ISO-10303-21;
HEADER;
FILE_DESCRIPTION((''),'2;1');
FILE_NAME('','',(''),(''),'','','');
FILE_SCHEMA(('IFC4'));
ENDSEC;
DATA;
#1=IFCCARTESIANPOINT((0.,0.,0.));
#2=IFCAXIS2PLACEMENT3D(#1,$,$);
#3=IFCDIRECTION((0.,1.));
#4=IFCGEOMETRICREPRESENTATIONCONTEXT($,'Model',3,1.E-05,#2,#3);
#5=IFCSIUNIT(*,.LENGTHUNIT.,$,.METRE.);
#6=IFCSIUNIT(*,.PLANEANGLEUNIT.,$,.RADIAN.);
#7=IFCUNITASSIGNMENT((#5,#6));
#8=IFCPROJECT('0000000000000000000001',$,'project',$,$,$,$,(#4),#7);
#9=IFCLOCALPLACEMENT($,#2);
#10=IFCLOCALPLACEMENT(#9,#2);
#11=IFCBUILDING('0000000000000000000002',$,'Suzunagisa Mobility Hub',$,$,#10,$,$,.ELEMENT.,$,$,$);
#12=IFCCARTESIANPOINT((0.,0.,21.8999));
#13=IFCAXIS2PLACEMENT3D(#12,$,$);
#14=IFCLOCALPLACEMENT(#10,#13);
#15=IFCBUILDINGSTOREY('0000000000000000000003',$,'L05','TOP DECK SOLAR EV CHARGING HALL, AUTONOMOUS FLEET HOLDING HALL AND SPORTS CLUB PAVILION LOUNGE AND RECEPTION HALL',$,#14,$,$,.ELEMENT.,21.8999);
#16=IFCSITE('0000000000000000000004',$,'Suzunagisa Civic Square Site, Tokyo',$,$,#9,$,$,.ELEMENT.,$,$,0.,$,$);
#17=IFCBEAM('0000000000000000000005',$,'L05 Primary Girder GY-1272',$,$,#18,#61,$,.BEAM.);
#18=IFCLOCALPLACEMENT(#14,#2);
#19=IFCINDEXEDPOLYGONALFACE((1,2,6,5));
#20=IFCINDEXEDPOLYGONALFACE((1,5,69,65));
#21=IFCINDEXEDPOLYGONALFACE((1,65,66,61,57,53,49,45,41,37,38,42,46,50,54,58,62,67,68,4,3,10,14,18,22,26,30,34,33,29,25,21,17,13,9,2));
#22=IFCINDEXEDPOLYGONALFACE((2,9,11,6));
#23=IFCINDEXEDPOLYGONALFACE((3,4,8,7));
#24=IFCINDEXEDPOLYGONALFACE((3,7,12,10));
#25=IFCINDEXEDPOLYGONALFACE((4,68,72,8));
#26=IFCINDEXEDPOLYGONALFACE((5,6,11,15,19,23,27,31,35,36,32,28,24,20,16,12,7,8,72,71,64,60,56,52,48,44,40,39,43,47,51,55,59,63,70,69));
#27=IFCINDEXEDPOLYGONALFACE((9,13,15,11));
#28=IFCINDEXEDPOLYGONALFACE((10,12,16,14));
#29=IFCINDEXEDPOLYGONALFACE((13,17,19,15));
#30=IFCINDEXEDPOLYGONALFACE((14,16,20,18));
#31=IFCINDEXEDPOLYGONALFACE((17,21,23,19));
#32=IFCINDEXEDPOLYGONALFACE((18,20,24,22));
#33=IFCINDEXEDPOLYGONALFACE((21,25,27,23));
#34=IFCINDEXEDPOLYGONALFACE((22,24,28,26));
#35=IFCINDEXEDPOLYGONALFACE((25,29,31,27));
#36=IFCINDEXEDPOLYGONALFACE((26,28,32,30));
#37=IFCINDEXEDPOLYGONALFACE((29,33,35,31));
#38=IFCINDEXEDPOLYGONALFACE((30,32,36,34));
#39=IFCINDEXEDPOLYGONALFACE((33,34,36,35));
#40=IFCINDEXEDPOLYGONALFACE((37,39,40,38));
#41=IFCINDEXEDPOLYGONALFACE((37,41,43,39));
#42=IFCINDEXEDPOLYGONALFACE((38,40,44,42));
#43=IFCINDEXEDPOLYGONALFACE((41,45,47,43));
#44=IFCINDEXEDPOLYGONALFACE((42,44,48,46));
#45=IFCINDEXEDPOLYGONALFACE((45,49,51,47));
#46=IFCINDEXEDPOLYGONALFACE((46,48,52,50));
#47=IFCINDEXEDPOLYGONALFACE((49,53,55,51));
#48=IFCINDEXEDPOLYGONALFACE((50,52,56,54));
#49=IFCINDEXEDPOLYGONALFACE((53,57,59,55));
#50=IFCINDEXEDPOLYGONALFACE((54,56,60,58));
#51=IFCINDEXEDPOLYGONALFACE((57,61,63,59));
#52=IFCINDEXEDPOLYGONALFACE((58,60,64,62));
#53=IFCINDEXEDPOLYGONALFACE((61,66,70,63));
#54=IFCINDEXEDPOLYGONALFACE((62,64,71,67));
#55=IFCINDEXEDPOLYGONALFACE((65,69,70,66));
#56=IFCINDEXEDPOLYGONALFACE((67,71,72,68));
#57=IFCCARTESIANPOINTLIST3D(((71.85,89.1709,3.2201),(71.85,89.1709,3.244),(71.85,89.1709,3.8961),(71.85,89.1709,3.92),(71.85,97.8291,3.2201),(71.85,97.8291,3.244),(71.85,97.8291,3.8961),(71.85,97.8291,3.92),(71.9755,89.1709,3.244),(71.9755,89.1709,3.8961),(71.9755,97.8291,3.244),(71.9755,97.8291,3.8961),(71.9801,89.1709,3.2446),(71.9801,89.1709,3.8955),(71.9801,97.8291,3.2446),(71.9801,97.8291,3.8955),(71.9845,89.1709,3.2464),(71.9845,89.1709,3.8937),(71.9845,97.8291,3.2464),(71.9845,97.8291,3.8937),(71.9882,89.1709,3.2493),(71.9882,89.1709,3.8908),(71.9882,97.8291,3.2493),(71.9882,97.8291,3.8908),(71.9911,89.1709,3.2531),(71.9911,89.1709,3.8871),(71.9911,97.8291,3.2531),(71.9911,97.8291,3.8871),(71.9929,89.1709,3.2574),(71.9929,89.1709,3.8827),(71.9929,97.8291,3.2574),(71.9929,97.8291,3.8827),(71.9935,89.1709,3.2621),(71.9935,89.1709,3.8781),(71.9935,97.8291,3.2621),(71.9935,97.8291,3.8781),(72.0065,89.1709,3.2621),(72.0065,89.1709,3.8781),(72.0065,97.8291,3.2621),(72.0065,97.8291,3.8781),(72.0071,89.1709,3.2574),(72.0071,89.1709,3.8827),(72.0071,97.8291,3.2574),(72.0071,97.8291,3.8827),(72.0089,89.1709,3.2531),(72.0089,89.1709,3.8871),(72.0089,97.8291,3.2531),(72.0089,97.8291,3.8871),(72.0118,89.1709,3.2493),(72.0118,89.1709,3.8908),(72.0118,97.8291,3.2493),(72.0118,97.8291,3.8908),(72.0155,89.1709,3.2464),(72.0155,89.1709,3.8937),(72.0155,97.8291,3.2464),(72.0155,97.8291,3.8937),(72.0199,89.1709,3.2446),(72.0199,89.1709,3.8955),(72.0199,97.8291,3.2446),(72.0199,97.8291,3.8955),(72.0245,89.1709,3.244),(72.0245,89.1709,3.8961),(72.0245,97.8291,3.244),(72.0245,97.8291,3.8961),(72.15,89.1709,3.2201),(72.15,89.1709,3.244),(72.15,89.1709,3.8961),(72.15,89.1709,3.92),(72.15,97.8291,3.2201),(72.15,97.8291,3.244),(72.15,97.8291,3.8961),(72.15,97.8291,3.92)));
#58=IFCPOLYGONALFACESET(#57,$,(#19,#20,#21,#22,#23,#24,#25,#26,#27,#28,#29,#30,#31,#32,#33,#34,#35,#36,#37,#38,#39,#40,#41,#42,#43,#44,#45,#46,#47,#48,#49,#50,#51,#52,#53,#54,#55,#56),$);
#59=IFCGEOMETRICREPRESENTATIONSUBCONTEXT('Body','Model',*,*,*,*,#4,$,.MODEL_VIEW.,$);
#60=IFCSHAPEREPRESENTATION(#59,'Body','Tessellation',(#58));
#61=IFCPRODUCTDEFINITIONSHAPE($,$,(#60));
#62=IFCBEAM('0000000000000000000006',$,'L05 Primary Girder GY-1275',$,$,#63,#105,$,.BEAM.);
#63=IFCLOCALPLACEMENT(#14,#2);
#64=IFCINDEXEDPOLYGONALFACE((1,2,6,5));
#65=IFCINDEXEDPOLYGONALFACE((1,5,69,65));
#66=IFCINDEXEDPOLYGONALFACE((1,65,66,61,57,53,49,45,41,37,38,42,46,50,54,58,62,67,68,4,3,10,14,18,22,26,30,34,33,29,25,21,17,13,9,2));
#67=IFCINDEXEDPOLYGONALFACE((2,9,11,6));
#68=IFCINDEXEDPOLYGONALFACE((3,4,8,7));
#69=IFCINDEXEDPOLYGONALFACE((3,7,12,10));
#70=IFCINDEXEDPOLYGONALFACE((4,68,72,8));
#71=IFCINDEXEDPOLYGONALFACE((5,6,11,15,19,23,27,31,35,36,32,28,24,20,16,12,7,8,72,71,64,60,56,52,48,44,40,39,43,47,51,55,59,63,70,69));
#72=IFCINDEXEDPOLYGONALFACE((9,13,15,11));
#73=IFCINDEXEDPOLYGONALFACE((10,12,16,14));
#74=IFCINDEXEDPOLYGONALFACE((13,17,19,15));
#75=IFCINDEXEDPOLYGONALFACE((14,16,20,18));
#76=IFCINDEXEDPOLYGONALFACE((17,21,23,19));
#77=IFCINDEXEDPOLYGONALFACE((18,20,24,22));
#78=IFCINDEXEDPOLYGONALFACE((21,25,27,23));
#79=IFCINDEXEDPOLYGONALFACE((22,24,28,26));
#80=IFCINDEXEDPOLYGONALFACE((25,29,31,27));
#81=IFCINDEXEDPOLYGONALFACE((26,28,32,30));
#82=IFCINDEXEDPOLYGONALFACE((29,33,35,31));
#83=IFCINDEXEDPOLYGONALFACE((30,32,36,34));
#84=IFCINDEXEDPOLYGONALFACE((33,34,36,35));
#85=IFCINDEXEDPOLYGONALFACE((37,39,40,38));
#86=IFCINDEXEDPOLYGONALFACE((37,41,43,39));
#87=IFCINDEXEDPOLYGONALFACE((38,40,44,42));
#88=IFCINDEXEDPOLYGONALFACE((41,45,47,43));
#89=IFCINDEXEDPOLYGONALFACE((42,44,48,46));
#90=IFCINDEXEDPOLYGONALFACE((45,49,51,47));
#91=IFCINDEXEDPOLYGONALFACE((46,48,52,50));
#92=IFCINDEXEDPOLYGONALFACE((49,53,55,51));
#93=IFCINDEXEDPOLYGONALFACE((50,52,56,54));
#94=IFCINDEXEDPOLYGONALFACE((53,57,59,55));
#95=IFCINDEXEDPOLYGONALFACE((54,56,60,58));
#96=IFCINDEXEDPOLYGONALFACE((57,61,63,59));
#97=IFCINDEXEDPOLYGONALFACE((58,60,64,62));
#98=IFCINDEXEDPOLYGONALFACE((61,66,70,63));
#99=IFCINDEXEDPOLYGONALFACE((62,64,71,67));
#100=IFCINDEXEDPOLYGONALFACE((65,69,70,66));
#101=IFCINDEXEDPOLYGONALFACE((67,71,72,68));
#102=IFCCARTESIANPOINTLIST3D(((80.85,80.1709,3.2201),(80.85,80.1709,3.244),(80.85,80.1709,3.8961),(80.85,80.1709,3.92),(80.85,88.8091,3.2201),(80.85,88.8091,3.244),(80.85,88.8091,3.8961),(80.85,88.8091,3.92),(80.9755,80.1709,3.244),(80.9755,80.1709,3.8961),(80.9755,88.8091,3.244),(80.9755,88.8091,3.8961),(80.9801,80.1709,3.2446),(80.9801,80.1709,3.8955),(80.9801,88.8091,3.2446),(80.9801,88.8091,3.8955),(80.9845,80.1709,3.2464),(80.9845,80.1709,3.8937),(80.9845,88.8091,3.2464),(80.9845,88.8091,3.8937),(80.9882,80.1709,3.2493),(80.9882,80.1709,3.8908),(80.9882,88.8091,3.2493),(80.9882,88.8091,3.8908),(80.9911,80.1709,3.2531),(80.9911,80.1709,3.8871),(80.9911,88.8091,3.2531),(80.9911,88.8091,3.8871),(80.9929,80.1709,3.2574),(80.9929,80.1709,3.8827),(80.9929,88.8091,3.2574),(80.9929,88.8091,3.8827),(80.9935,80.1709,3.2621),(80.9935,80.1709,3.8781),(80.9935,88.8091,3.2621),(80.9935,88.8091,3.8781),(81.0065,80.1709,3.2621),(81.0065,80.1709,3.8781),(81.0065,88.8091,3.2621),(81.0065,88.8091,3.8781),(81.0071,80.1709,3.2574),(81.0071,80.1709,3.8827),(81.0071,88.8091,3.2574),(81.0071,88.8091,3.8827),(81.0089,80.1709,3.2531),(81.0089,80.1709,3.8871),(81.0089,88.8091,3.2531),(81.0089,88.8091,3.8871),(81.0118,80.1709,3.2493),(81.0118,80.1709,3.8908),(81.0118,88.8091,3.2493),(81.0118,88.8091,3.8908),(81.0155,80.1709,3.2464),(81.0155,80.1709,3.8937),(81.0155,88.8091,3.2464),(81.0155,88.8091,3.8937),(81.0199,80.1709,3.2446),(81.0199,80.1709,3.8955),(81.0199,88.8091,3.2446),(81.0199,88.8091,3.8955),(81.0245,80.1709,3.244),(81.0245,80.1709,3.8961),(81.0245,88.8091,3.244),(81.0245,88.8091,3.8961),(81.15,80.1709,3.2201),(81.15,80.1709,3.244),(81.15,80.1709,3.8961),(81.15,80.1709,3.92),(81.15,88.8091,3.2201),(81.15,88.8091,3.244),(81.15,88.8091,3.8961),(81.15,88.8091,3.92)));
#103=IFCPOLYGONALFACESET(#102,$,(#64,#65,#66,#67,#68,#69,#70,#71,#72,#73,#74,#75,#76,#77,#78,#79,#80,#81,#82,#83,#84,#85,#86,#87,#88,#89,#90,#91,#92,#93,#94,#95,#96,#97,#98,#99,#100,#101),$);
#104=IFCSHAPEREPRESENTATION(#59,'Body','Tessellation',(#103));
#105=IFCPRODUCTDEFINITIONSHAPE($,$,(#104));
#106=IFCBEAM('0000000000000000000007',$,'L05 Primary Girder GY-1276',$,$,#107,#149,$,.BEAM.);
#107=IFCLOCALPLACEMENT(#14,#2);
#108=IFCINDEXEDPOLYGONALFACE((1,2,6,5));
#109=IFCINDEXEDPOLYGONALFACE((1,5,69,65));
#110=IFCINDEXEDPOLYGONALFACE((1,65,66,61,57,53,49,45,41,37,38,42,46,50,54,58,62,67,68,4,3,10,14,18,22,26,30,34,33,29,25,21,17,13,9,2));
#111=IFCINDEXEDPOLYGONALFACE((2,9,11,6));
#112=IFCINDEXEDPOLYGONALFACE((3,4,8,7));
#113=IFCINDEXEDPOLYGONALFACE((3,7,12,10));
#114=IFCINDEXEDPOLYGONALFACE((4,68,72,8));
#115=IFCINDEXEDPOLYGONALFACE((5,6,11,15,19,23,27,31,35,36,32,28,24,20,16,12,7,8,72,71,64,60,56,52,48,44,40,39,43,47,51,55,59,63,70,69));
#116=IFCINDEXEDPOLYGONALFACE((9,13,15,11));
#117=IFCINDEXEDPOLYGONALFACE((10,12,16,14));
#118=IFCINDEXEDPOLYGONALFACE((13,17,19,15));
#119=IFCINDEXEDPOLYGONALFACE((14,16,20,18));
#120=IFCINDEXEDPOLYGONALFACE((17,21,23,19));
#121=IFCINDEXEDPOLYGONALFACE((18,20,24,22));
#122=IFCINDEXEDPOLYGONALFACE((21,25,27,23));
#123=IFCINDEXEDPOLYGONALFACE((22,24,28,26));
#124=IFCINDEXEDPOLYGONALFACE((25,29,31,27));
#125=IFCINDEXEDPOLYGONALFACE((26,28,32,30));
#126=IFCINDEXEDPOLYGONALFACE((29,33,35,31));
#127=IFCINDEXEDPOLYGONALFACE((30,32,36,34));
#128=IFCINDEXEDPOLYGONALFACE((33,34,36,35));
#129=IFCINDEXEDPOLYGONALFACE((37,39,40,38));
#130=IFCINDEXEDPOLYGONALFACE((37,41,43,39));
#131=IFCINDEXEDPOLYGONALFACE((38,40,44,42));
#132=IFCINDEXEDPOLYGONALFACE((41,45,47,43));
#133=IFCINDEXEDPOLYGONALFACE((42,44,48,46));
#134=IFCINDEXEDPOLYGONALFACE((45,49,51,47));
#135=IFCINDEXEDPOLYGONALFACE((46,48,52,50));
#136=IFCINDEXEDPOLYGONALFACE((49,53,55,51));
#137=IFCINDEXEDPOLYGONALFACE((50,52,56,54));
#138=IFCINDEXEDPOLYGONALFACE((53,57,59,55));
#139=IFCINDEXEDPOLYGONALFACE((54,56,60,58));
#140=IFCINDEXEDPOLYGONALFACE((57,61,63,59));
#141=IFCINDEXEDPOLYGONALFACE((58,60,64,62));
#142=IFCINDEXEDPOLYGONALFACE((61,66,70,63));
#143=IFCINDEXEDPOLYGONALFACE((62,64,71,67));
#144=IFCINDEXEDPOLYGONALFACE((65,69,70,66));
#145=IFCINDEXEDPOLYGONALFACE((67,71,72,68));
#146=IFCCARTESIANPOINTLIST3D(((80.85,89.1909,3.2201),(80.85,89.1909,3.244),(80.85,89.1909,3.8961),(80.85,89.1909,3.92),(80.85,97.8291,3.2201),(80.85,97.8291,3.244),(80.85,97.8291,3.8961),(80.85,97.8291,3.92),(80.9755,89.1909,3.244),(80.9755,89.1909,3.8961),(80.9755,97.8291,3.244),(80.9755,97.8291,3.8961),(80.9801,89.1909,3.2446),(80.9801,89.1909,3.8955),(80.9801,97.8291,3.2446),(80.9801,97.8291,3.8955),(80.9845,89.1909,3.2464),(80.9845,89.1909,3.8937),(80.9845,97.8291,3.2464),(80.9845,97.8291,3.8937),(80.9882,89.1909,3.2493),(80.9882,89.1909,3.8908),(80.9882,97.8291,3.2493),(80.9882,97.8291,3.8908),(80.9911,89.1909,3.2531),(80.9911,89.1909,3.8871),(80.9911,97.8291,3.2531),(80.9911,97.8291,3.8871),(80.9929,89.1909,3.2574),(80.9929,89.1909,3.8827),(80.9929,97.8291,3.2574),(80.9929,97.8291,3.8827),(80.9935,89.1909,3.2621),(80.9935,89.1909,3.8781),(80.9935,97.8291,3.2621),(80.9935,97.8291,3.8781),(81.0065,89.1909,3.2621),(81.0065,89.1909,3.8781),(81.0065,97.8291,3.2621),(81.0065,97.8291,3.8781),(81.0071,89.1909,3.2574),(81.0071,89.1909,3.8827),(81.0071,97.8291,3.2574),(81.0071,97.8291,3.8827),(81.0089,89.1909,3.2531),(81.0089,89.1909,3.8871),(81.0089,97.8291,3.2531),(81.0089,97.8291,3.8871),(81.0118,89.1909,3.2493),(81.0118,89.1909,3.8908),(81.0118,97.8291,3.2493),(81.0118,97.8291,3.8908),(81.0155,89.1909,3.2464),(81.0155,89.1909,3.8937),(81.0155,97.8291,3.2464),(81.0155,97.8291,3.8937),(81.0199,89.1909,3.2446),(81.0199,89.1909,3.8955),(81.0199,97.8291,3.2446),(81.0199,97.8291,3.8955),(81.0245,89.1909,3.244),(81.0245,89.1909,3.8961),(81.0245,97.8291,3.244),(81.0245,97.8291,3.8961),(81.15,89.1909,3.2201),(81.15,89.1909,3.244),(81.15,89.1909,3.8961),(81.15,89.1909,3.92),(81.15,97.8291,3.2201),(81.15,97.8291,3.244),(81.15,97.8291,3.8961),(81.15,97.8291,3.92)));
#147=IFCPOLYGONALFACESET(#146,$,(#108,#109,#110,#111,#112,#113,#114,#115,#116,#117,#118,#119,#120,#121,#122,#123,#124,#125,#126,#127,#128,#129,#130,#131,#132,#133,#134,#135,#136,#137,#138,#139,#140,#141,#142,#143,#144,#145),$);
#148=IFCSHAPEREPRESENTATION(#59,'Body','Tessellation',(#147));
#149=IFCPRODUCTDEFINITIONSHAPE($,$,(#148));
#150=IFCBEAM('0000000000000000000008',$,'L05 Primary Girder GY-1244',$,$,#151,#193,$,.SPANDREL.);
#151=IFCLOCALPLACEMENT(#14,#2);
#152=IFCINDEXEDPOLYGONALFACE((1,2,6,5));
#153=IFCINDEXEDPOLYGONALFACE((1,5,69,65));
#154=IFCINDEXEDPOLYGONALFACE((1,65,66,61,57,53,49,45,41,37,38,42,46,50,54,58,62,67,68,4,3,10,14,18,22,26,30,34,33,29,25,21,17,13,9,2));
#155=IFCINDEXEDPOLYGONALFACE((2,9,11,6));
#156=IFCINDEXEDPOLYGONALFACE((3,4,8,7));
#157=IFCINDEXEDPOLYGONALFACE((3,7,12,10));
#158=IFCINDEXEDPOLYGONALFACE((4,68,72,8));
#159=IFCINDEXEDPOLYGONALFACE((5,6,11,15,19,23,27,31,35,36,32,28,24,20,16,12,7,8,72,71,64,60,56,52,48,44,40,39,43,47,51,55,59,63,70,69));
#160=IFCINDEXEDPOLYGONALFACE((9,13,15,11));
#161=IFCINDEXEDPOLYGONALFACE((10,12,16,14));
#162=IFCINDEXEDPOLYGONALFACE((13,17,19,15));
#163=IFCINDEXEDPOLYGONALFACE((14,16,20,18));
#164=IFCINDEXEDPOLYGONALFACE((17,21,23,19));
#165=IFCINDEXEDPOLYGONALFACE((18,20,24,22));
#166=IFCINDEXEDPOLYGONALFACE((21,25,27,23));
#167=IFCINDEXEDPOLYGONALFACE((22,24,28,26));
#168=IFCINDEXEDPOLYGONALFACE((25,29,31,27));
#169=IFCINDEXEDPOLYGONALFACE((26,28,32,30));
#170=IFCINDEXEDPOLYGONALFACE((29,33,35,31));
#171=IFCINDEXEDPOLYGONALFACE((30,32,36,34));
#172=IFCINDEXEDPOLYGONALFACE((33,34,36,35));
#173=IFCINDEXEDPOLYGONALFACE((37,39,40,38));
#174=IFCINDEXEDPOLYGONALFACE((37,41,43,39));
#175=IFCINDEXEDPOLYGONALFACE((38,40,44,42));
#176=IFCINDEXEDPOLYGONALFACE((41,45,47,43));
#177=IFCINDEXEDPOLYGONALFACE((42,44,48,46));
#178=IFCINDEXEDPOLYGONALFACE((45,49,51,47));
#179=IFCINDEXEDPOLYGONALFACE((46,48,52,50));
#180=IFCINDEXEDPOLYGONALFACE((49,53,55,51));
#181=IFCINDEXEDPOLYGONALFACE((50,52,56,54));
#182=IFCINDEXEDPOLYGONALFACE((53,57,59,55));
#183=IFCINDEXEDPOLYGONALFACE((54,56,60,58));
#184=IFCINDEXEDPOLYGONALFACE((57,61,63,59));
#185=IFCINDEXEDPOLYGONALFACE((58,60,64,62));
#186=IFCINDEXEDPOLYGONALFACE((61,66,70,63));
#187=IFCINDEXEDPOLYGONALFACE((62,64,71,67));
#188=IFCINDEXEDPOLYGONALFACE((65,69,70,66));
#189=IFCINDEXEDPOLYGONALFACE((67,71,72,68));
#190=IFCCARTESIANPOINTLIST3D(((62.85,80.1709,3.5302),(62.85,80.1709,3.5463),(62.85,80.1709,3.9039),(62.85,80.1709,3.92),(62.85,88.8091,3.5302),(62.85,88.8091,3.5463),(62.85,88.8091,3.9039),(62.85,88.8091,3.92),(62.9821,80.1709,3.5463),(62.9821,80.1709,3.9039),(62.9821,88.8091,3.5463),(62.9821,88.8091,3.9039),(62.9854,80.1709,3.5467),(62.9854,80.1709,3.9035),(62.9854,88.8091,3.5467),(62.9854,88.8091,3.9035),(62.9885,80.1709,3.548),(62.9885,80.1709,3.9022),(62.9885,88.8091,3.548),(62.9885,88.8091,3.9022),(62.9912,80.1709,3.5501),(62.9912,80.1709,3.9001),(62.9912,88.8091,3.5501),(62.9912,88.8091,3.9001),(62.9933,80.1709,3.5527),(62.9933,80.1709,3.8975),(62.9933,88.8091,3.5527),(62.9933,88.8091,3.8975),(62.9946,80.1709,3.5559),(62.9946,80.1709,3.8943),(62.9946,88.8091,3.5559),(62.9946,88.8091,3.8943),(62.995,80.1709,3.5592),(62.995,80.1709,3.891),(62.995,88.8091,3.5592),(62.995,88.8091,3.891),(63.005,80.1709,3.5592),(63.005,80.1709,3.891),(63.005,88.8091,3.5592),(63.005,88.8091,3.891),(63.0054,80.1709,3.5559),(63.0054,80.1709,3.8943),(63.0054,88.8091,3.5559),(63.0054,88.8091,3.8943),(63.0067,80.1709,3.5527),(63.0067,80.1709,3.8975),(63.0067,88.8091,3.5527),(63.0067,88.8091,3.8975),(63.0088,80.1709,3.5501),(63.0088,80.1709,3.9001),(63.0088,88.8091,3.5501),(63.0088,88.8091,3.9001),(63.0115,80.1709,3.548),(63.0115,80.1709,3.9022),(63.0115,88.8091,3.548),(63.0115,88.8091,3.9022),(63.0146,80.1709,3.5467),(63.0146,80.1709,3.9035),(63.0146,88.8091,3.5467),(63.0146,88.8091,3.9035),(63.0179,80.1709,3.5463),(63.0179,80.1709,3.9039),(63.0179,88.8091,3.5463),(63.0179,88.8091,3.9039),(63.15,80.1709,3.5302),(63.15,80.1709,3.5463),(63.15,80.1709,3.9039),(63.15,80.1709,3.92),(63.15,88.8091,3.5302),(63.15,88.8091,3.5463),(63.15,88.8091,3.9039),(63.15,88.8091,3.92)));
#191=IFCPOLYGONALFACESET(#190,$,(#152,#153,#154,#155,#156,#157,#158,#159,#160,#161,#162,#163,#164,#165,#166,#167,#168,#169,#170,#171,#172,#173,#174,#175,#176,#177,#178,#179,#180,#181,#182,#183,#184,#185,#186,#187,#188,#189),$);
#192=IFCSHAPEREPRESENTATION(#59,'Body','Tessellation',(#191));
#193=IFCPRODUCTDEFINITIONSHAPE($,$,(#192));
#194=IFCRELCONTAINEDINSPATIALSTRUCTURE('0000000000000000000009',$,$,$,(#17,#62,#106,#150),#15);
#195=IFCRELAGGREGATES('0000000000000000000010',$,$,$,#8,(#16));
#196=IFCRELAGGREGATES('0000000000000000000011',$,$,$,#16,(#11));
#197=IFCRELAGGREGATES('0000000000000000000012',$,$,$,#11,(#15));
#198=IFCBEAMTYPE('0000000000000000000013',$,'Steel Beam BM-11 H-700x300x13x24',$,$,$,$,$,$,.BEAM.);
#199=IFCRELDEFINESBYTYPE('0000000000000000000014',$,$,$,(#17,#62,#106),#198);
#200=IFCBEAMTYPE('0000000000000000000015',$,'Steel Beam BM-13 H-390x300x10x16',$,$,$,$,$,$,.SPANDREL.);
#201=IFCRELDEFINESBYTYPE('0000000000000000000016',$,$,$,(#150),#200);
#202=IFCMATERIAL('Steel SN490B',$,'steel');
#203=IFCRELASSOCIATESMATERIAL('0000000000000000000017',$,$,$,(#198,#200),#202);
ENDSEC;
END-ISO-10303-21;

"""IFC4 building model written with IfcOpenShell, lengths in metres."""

from ifc_helpers import new_model, si_unit, direction, frame, origin, origin_2d, place, context, subcontext, project, spatial, i_section, extrude, material, material_profile, profile_set, type_object, element, save


model = new_model("IFC4")

# Units and contexts
model_context = context("Model", 3, precision=1e-05, world=origin(), true_north=direction((0.0, 1.0)))
body_context = subcontext(model_context, "Body", "Model", "MODEL_VIEW")
ifc_project = project(units=[si_unit("LENGTHUNIT", "METRE"), si_unit("PLANEANGLEUNIT", "RADIAN")], contexts=[model_context])

# Site, building, storey
site_placement = place(None, origin())
site = spatial("IfcSite", under=ifc_project, at=site_placement, Name="Suzunagisa Civic Square Site, Tokyo", CompositionType="ELEMENT", RefElevation=0.0)
building_placement = place(site_placement, origin())
building = spatial("IfcBuilding", under=site, at=building_placement, Name="Suzunagisa Mobility Hub", CompositionType="ELEMENT")
storey_placement = place(building_placement, frame((0.0, 0.0, 21.8999)))
storey = spatial("IfcBuildingStorey", under=building, at=storey_placement, Name="L05", Description="TOP DECK SOLAR EV CHARGING HALL, AUTONOMOUS FLEET HOLDING HALL AND SPORTS CLUB PAVILION LOUNGE AND RECEPTION HALL", CompositionType="ELEMENT", Elevation=21.8999)

# Shared definitions
ifc_material_1 = material(Name="Steel SN490B", Category="steel")

# Beams
ifc_material_profile_1 = material_profile(ifc_material_1, i_section(OverallWidth=0.3, OverallDepth=0.7, WebThickness=0.0129, FlangeThickness=0.0239, FilletRadius=0.0181, at=origin_2d()), Name="H-700x300x13x24")
ifc_profile_set_1 = profile_set([ifc_material_profile_1], Name="Steel SN490B")
beam_type_1 = type_object("IfcBeamType", Name="Steel Beam BM-11 H-700x300x13x24", PredefinedType="BEAM", material=ifc_profile_set_1)
beam_1_placement = place(storey_placement, frame((72.0, 89.1709, 3.5701), z_axis=(0.0, 1.0, 0.0), x_axis=(-1.0, 0.0, 0.0)))
element("IfcBeam", 1, at=beam_1_placement, inside=storey, type_object=beam_type_1, Name="L05 Primary Girder GY-1272", PredefinedType="BEAM", context=body_context, shape_type="SweptSolid", body=[
    extrude(i_section(OverallWidth=0.3, OverallDepth=0.7, WebThickness=0.0129, FlangeThickness=0.0239, FilletRadius=0.0181, at=origin_2d()), origin(), (0.0, 0.0, 1.0), 8.6582),
])
for number, where, z_axis, x_axis, name in (
    (2, (81.0, 80.1709, 3.5701), (0.0, 1.0, 0.0), (-1.0, 0.0, 0.0), "L05 Primary Girder GY-1275"),
    (3, (81.0, 89.1909, 3.5701), (0.0, 1.0, 0.0), (-1.0, 0.0, 0.0), "L05 Primary Girder GY-1276"),
):
    element("IfcBeam", number, at=place(storey_placement, frame(where, z_axis=z_axis, x_axis=x_axis)), inside=storey, type_object=beam_type_1, Name=name, PredefinedType="BEAM", context=body_context, shape_type="SweptSolid", body=[
        extrude(i_section(OverallWidth=0.3, OverallDepth=0.7, WebThickness=0.0129, FlangeThickness=0.0239, FilletRadius=0.0181, at=origin_2d()), origin(), (0.0, 0.0, 1.0), 8.6382),
    ])
ifc_material_profile_2 = material_profile(ifc_material_1, i_section(OverallWidth=0.3, OverallDepth=0.3899, WebThickness=0.01, FlangeThickness=0.0161, FilletRadius=0.0129, at=origin_2d()), Name="H-390x300x10x16")
ifc_profile_set_2 = profile_set([ifc_material_profile_2], Name="Steel SN490B")
beam_type_2 = type_object("IfcBeamType", Name="Steel Beam BM-13 H-390x300x10x16", PredefinedType="SPANDREL", material=ifc_profile_set_2)
for number, where, z_axis, x_axis, name in (
    (4, (63.0, 80.1709, 3.7251), (0.0, 1.0, 0.0), (-1.0, 0.0, 0.0), "L05 Primary Girder GY-1244"),
):
    element("IfcBeam", number, at=place(storey_placement, frame(where, z_axis=z_axis, x_axis=x_axis)), inside=storey, type_object=beam_type_2, Name=name, PredefinedType="SPANDREL", context=body_context, shape_type="SweptSolid", body=[
        extrude(i_section(OverallWidth=0.3, OverallDepth=0.3899, WebThickness=0.01, FlangeThickness=0.0161, FilletRadius=0.0129, at=origin_2d()), origin(), (0.0, 0.0, 1.0), 8.6382),
    ])

save(model, "model.ifc")
